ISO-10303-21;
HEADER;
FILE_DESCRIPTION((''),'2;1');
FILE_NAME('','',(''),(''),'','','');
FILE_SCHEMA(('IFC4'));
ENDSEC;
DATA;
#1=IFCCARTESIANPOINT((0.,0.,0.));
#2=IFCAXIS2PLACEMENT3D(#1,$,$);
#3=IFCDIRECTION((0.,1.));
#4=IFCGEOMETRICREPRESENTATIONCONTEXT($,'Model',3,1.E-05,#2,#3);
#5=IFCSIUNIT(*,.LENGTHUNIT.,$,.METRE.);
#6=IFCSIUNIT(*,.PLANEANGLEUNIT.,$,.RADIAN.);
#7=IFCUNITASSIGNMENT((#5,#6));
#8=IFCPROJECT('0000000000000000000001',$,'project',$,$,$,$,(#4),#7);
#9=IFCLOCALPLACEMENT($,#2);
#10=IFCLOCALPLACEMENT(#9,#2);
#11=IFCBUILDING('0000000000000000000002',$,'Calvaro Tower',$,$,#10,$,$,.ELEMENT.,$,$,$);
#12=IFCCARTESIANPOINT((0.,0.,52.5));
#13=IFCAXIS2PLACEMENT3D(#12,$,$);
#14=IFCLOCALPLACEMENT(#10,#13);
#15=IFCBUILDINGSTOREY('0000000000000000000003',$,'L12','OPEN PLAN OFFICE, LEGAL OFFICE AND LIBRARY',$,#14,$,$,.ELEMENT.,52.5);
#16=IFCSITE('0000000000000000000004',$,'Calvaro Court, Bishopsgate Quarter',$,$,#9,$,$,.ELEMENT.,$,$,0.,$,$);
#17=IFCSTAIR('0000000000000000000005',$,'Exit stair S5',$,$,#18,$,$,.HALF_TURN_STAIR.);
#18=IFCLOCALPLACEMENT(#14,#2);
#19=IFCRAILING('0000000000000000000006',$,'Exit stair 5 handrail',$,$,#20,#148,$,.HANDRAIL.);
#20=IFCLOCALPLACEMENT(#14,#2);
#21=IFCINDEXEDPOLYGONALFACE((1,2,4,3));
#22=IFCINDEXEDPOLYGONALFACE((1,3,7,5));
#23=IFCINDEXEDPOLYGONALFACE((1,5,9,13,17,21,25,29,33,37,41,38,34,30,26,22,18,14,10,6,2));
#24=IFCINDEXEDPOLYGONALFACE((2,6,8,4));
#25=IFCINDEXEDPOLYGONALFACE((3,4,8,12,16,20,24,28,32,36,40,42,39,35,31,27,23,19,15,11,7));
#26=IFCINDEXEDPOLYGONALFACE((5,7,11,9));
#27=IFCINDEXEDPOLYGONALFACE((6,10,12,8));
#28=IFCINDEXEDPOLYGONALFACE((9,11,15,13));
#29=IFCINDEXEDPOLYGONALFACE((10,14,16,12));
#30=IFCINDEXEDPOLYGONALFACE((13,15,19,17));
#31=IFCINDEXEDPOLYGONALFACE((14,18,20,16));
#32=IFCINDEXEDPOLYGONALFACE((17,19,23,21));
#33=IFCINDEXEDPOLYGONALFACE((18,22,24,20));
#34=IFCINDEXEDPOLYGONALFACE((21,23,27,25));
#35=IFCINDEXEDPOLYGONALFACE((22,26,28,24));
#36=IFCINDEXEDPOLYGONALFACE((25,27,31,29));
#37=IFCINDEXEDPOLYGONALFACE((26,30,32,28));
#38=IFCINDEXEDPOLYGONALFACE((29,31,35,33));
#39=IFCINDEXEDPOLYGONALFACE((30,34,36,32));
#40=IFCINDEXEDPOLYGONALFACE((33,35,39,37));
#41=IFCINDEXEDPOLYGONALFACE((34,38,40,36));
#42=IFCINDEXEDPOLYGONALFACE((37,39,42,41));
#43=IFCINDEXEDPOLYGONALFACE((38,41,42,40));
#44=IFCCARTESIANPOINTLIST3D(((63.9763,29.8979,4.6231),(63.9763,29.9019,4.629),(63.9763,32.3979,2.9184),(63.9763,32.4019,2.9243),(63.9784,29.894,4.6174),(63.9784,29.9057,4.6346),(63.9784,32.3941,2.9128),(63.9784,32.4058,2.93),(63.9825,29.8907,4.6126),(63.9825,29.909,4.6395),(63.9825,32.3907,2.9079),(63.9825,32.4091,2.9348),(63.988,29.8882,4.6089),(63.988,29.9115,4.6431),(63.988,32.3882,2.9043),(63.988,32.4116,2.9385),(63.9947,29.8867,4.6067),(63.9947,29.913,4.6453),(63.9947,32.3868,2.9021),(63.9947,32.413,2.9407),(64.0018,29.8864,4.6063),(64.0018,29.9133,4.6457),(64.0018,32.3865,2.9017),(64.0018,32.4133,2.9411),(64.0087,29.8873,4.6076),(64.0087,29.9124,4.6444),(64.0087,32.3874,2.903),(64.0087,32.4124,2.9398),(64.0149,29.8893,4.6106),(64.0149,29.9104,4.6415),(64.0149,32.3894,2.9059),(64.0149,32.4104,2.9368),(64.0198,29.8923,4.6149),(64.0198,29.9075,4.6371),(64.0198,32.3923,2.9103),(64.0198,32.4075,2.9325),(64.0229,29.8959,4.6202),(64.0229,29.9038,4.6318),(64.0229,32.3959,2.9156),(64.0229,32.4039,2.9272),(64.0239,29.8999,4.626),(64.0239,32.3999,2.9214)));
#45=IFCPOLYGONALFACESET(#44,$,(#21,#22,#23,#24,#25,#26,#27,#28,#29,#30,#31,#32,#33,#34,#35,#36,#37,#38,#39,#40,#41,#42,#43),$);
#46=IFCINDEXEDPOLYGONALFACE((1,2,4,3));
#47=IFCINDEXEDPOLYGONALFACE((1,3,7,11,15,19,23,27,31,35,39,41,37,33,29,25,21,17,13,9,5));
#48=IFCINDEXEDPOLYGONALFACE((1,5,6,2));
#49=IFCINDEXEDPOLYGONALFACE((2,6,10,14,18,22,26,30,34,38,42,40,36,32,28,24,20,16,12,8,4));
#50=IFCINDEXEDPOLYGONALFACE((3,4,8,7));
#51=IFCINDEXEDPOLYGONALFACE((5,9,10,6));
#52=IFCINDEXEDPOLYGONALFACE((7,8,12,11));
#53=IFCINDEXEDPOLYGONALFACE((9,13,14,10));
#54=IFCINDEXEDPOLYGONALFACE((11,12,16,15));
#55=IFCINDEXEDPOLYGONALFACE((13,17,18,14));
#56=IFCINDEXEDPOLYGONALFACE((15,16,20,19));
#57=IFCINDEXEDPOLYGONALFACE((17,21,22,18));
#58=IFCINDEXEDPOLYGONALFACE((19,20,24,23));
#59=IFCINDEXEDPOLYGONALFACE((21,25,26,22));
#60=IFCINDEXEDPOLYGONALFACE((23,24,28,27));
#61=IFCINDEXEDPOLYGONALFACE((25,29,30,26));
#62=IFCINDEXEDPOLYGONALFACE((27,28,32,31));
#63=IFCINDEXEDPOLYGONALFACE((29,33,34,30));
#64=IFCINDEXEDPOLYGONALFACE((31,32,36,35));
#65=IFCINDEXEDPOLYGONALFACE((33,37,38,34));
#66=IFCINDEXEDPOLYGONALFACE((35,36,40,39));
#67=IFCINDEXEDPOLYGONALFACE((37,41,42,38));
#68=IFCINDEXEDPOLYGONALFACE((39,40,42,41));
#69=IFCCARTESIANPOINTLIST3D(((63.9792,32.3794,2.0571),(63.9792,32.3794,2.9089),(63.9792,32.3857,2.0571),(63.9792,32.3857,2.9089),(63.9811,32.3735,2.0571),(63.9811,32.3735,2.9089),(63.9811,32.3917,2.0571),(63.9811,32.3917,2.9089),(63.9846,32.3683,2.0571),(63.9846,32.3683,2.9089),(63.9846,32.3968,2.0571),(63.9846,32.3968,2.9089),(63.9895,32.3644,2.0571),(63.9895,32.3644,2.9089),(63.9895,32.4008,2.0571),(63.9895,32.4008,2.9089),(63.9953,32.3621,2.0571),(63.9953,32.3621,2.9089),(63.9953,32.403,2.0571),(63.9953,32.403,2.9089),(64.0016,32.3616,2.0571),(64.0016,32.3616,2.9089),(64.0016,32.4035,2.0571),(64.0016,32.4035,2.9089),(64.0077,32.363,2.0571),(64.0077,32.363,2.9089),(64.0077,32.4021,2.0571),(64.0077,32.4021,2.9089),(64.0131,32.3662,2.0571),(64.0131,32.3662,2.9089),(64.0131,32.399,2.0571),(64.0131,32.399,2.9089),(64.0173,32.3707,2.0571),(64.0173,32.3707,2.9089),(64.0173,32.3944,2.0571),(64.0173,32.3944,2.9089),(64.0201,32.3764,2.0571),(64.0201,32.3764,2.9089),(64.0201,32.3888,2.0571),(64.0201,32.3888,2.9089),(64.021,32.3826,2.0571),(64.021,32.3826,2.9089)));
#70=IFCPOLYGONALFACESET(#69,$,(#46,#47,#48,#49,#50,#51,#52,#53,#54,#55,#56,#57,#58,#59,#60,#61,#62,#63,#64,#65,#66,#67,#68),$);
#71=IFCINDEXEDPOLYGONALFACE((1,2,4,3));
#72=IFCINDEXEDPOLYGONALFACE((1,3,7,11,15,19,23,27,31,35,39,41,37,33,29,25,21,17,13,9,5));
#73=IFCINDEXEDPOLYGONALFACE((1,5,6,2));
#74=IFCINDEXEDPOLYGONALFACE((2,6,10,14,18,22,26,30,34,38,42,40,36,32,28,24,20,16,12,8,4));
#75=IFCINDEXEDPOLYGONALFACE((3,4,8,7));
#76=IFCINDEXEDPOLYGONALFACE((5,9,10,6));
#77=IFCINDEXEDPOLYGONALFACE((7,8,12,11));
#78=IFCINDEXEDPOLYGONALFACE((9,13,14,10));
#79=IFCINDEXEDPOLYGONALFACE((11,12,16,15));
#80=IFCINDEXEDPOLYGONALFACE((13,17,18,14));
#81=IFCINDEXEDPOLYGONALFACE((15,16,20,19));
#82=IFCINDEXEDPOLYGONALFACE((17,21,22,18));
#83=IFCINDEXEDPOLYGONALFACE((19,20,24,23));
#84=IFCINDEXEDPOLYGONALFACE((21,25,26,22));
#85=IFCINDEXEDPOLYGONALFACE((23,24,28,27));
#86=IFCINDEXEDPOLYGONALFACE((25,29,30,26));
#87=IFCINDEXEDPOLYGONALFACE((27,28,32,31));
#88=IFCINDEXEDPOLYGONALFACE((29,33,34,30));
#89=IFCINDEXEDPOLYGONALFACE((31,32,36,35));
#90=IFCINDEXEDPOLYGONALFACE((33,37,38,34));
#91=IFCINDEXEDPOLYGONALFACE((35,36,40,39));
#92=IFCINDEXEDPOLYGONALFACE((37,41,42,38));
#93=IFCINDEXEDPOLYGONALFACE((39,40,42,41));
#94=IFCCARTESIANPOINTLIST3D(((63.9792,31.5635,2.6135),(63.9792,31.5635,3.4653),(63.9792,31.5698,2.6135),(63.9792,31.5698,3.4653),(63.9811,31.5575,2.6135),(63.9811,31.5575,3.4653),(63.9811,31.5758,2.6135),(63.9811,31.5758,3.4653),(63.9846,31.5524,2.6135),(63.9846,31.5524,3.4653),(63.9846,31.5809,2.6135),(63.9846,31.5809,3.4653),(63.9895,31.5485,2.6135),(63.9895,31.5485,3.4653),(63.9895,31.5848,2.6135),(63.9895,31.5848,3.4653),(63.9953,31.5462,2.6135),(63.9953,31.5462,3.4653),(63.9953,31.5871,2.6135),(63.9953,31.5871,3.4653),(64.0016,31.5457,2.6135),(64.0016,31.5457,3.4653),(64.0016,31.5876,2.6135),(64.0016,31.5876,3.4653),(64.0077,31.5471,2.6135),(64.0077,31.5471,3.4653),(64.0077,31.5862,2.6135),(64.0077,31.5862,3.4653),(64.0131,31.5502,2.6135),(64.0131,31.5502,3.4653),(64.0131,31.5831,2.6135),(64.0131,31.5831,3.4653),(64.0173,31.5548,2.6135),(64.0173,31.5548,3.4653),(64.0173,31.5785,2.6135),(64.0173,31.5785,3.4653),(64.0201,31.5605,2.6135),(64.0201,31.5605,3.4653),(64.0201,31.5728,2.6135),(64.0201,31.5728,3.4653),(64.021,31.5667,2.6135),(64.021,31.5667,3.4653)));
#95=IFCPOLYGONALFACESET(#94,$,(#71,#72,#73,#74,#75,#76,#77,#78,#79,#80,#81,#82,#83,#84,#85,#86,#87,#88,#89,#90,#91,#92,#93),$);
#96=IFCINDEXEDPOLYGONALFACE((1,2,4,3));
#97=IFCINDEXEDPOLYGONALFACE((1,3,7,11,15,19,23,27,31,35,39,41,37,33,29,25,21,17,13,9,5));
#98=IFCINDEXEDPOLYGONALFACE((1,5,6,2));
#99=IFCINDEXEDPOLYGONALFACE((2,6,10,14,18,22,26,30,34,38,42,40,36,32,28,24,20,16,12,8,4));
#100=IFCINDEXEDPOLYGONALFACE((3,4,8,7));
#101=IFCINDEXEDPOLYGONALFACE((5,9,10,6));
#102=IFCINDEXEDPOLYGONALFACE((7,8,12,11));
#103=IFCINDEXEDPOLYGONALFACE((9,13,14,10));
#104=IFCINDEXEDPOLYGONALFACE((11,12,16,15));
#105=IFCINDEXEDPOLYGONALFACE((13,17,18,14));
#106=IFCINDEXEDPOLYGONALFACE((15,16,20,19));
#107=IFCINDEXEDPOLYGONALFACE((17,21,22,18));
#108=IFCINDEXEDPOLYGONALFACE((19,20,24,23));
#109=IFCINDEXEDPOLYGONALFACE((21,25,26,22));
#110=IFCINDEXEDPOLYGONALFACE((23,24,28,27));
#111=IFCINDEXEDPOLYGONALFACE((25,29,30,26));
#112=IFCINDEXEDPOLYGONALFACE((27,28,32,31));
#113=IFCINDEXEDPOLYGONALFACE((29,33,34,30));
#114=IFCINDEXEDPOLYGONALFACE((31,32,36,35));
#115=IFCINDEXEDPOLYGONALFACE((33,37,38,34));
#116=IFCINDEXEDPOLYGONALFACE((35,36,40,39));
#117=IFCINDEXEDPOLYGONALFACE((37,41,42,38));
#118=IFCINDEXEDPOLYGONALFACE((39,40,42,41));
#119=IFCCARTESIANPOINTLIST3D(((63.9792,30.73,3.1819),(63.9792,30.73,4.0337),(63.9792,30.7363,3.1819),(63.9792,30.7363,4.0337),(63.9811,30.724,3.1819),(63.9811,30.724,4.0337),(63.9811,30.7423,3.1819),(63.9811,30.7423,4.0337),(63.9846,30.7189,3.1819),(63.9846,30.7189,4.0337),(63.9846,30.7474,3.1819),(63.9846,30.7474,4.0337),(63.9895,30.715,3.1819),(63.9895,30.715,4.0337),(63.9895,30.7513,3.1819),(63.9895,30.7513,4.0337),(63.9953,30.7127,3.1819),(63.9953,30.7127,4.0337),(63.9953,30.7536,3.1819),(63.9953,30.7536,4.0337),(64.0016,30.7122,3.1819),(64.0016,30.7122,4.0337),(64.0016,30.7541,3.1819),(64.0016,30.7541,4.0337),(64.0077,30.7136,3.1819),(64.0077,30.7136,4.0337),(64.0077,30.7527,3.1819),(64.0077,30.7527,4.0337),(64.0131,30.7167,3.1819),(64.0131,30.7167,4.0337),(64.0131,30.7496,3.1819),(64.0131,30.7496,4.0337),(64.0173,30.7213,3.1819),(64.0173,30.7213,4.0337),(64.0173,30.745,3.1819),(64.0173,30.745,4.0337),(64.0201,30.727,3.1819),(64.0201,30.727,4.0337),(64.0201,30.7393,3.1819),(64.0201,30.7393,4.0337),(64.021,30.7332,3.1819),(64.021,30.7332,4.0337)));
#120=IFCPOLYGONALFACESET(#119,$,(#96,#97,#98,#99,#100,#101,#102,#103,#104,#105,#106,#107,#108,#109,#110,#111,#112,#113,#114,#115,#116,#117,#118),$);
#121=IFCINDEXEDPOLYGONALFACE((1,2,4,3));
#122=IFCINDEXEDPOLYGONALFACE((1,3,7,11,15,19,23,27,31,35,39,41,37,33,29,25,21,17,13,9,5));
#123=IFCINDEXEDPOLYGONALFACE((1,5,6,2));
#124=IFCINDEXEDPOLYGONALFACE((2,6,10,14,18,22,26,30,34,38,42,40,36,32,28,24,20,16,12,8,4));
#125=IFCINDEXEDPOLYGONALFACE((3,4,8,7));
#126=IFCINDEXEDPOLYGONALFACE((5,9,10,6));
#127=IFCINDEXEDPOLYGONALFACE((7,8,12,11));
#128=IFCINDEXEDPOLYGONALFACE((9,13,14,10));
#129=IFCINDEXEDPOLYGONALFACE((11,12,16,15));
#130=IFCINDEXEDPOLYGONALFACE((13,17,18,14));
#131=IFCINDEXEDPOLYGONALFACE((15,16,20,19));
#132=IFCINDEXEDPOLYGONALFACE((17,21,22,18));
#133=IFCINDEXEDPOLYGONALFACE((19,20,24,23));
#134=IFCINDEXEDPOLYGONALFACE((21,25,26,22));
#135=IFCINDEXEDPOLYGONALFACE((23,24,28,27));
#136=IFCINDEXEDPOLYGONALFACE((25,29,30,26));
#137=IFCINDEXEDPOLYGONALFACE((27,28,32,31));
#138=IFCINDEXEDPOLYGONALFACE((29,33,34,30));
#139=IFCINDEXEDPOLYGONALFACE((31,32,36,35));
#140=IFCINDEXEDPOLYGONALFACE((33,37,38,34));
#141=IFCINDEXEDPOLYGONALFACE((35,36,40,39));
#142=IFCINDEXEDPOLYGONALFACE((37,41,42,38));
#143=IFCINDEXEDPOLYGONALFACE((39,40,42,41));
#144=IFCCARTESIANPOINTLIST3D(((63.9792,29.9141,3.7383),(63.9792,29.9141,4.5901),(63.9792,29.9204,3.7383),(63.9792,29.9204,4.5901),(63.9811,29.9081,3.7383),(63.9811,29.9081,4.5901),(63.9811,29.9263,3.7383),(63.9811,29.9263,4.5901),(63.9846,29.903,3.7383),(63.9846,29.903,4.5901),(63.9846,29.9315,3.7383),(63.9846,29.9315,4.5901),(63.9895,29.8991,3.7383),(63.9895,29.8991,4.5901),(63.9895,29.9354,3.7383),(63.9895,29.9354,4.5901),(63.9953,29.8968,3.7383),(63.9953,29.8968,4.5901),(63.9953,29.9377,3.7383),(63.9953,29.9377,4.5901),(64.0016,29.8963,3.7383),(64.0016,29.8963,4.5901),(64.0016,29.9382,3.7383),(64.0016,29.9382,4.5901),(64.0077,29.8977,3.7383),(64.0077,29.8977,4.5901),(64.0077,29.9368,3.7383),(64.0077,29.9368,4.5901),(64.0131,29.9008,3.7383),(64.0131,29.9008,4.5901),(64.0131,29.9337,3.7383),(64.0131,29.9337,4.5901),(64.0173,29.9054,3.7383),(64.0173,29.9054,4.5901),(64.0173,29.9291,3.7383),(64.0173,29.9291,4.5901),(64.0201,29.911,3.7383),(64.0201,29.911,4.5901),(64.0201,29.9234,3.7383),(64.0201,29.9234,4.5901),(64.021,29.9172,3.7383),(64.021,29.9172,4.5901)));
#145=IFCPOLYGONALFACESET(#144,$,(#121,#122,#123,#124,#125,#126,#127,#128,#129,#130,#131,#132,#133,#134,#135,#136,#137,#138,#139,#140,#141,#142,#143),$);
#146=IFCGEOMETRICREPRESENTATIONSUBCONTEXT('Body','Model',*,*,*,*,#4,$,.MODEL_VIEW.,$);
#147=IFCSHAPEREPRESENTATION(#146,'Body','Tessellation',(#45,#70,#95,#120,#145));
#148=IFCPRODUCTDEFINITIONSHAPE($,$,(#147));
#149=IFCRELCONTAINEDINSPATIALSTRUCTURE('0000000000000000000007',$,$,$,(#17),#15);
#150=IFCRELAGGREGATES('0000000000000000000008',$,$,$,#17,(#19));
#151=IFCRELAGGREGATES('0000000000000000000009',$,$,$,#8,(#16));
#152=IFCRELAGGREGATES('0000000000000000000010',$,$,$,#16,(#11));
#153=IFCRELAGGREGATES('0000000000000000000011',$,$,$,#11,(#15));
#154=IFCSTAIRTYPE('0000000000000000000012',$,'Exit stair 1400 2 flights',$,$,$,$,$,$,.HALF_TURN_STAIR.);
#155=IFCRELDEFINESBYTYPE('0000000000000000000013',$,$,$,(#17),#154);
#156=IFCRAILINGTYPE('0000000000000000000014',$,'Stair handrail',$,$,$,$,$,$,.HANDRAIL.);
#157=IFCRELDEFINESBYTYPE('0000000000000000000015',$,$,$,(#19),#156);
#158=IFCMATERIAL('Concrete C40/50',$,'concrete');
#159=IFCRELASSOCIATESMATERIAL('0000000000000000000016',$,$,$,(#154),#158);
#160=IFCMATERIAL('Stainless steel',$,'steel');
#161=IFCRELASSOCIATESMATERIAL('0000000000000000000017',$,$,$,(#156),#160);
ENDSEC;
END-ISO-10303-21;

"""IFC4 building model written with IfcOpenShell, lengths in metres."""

from ifc_helpers import new_model, si_unit, direction, frame, origin, origin_2d, place, context, subcontext, project, spatial, circle, extrude, material, type_object, element, aggregate, save


model = new_model("IFC4")

# Units and contexts
model_context = context("Model", 3, precision=1e-05, world=origin(), true_north=direction((0.0, 1.0)))
body_context = subcontext(model_context, "Body", "Model", "MODEL_VIEW")
ifc_project = project(units=[si_unit("LENGTHUNIT", "METRE"), si_unit("PLANEANGLEUNIT", "RADIAN")], contexts=[model_context])

# Site, building, storey
site_placement = place(None, origin())
site = spatial("IfcSite", under=ifc_project, at=site_placement, Name="Calvaro Court, Bishopsgate Quarter", CompositionType="ELEMENT", RefElevation=0.0)
building_placement = place(site_placement, origin())
building = spatial("IfcBuilding", under=site, at=building_placement, Name="Calvaro Tower", CompositionType="ELEMENT")
storey_placement = place(building_placement, frame((0.0, 0.0, 52.5)))
storey = spatial("IfcBuildingStorey", under=building, at=storey_placement, Name="L12", Description="OPEN PLAN OFFICE, LEGAL OFFICE AND LIBRARY", CompositionType="ELEMENT", Elevation=52.5)

# Stair
ifc_material_1 = material(Name="Concrete C40/50", Category="concrete")
stair_type = type_object("IfcStairType", Name="Exit stair 1400 2 flights", PredefinedType="HALF_TURN_STAIR", material=ifc_material_1)
stair_1_placement = place(storey_placement, origin())
stair_1 = element("IfcStair", 1, at=stair_1_placement, inside=storey, type_object=stair_type, Name="Exit stair S5", PredefinedType="HALF_TURN_STAIR")

# Shared definitions
ifc_material_2 = material(Name="Stainless steel", Category="steel")
railing_type = type_object("IfcRailingType", Name="Stair handrail", PredefinedType="HANDRAIL", material=ifc_material_2)

# Railing
railing_1_placement = place(storey_placement, frame((64.0, 32.3999, 2.0454)))
railing_1 = element("IfcRailing", 2, at=railing_1_placement, type_object=railing_type, Name="Exit stair 5 handrail", PredefinedType="HANDRAIL", context=body_context, shape_type="SweptSolid", body=[
    extrude(circle(Radius=0.0239, at=origin_2d()), frame((0.0, 0.0, 0.876), z_axis=(0.0, -0.826221, 0.563347), x_axis=(1.0, 0.0, 0.0)), (0.0, 0.0, 1.0), 3.0259),
    extrude(circle(Radius=0.021, at=origin_2d()), frame((0.0, -0.0173, 0.0117)), (0.0, 0.0, 1.0), 0.8518),
    extrude(circle(Radius=0.021, at=origin_2d()), frame((0.0, -0.8333, 0.5681)), (0.0, 0.0, 1.0), 0.8518),
    extrude(circle(Radius=0.021, at=origin_2d()), frame((0.0, -1.6667, 1.1365)), (0.0, 0.0, 1.0), 0.8518),
    extrude(circle(Radius=0.021, at=origin_2d()), frame((0.0, -2.4827, 1.6929)), (0.0, 0.0, 1.0), 0.8518),
])
aggregate(stair_1, [railing_1])

save(model, "model.ifc")
